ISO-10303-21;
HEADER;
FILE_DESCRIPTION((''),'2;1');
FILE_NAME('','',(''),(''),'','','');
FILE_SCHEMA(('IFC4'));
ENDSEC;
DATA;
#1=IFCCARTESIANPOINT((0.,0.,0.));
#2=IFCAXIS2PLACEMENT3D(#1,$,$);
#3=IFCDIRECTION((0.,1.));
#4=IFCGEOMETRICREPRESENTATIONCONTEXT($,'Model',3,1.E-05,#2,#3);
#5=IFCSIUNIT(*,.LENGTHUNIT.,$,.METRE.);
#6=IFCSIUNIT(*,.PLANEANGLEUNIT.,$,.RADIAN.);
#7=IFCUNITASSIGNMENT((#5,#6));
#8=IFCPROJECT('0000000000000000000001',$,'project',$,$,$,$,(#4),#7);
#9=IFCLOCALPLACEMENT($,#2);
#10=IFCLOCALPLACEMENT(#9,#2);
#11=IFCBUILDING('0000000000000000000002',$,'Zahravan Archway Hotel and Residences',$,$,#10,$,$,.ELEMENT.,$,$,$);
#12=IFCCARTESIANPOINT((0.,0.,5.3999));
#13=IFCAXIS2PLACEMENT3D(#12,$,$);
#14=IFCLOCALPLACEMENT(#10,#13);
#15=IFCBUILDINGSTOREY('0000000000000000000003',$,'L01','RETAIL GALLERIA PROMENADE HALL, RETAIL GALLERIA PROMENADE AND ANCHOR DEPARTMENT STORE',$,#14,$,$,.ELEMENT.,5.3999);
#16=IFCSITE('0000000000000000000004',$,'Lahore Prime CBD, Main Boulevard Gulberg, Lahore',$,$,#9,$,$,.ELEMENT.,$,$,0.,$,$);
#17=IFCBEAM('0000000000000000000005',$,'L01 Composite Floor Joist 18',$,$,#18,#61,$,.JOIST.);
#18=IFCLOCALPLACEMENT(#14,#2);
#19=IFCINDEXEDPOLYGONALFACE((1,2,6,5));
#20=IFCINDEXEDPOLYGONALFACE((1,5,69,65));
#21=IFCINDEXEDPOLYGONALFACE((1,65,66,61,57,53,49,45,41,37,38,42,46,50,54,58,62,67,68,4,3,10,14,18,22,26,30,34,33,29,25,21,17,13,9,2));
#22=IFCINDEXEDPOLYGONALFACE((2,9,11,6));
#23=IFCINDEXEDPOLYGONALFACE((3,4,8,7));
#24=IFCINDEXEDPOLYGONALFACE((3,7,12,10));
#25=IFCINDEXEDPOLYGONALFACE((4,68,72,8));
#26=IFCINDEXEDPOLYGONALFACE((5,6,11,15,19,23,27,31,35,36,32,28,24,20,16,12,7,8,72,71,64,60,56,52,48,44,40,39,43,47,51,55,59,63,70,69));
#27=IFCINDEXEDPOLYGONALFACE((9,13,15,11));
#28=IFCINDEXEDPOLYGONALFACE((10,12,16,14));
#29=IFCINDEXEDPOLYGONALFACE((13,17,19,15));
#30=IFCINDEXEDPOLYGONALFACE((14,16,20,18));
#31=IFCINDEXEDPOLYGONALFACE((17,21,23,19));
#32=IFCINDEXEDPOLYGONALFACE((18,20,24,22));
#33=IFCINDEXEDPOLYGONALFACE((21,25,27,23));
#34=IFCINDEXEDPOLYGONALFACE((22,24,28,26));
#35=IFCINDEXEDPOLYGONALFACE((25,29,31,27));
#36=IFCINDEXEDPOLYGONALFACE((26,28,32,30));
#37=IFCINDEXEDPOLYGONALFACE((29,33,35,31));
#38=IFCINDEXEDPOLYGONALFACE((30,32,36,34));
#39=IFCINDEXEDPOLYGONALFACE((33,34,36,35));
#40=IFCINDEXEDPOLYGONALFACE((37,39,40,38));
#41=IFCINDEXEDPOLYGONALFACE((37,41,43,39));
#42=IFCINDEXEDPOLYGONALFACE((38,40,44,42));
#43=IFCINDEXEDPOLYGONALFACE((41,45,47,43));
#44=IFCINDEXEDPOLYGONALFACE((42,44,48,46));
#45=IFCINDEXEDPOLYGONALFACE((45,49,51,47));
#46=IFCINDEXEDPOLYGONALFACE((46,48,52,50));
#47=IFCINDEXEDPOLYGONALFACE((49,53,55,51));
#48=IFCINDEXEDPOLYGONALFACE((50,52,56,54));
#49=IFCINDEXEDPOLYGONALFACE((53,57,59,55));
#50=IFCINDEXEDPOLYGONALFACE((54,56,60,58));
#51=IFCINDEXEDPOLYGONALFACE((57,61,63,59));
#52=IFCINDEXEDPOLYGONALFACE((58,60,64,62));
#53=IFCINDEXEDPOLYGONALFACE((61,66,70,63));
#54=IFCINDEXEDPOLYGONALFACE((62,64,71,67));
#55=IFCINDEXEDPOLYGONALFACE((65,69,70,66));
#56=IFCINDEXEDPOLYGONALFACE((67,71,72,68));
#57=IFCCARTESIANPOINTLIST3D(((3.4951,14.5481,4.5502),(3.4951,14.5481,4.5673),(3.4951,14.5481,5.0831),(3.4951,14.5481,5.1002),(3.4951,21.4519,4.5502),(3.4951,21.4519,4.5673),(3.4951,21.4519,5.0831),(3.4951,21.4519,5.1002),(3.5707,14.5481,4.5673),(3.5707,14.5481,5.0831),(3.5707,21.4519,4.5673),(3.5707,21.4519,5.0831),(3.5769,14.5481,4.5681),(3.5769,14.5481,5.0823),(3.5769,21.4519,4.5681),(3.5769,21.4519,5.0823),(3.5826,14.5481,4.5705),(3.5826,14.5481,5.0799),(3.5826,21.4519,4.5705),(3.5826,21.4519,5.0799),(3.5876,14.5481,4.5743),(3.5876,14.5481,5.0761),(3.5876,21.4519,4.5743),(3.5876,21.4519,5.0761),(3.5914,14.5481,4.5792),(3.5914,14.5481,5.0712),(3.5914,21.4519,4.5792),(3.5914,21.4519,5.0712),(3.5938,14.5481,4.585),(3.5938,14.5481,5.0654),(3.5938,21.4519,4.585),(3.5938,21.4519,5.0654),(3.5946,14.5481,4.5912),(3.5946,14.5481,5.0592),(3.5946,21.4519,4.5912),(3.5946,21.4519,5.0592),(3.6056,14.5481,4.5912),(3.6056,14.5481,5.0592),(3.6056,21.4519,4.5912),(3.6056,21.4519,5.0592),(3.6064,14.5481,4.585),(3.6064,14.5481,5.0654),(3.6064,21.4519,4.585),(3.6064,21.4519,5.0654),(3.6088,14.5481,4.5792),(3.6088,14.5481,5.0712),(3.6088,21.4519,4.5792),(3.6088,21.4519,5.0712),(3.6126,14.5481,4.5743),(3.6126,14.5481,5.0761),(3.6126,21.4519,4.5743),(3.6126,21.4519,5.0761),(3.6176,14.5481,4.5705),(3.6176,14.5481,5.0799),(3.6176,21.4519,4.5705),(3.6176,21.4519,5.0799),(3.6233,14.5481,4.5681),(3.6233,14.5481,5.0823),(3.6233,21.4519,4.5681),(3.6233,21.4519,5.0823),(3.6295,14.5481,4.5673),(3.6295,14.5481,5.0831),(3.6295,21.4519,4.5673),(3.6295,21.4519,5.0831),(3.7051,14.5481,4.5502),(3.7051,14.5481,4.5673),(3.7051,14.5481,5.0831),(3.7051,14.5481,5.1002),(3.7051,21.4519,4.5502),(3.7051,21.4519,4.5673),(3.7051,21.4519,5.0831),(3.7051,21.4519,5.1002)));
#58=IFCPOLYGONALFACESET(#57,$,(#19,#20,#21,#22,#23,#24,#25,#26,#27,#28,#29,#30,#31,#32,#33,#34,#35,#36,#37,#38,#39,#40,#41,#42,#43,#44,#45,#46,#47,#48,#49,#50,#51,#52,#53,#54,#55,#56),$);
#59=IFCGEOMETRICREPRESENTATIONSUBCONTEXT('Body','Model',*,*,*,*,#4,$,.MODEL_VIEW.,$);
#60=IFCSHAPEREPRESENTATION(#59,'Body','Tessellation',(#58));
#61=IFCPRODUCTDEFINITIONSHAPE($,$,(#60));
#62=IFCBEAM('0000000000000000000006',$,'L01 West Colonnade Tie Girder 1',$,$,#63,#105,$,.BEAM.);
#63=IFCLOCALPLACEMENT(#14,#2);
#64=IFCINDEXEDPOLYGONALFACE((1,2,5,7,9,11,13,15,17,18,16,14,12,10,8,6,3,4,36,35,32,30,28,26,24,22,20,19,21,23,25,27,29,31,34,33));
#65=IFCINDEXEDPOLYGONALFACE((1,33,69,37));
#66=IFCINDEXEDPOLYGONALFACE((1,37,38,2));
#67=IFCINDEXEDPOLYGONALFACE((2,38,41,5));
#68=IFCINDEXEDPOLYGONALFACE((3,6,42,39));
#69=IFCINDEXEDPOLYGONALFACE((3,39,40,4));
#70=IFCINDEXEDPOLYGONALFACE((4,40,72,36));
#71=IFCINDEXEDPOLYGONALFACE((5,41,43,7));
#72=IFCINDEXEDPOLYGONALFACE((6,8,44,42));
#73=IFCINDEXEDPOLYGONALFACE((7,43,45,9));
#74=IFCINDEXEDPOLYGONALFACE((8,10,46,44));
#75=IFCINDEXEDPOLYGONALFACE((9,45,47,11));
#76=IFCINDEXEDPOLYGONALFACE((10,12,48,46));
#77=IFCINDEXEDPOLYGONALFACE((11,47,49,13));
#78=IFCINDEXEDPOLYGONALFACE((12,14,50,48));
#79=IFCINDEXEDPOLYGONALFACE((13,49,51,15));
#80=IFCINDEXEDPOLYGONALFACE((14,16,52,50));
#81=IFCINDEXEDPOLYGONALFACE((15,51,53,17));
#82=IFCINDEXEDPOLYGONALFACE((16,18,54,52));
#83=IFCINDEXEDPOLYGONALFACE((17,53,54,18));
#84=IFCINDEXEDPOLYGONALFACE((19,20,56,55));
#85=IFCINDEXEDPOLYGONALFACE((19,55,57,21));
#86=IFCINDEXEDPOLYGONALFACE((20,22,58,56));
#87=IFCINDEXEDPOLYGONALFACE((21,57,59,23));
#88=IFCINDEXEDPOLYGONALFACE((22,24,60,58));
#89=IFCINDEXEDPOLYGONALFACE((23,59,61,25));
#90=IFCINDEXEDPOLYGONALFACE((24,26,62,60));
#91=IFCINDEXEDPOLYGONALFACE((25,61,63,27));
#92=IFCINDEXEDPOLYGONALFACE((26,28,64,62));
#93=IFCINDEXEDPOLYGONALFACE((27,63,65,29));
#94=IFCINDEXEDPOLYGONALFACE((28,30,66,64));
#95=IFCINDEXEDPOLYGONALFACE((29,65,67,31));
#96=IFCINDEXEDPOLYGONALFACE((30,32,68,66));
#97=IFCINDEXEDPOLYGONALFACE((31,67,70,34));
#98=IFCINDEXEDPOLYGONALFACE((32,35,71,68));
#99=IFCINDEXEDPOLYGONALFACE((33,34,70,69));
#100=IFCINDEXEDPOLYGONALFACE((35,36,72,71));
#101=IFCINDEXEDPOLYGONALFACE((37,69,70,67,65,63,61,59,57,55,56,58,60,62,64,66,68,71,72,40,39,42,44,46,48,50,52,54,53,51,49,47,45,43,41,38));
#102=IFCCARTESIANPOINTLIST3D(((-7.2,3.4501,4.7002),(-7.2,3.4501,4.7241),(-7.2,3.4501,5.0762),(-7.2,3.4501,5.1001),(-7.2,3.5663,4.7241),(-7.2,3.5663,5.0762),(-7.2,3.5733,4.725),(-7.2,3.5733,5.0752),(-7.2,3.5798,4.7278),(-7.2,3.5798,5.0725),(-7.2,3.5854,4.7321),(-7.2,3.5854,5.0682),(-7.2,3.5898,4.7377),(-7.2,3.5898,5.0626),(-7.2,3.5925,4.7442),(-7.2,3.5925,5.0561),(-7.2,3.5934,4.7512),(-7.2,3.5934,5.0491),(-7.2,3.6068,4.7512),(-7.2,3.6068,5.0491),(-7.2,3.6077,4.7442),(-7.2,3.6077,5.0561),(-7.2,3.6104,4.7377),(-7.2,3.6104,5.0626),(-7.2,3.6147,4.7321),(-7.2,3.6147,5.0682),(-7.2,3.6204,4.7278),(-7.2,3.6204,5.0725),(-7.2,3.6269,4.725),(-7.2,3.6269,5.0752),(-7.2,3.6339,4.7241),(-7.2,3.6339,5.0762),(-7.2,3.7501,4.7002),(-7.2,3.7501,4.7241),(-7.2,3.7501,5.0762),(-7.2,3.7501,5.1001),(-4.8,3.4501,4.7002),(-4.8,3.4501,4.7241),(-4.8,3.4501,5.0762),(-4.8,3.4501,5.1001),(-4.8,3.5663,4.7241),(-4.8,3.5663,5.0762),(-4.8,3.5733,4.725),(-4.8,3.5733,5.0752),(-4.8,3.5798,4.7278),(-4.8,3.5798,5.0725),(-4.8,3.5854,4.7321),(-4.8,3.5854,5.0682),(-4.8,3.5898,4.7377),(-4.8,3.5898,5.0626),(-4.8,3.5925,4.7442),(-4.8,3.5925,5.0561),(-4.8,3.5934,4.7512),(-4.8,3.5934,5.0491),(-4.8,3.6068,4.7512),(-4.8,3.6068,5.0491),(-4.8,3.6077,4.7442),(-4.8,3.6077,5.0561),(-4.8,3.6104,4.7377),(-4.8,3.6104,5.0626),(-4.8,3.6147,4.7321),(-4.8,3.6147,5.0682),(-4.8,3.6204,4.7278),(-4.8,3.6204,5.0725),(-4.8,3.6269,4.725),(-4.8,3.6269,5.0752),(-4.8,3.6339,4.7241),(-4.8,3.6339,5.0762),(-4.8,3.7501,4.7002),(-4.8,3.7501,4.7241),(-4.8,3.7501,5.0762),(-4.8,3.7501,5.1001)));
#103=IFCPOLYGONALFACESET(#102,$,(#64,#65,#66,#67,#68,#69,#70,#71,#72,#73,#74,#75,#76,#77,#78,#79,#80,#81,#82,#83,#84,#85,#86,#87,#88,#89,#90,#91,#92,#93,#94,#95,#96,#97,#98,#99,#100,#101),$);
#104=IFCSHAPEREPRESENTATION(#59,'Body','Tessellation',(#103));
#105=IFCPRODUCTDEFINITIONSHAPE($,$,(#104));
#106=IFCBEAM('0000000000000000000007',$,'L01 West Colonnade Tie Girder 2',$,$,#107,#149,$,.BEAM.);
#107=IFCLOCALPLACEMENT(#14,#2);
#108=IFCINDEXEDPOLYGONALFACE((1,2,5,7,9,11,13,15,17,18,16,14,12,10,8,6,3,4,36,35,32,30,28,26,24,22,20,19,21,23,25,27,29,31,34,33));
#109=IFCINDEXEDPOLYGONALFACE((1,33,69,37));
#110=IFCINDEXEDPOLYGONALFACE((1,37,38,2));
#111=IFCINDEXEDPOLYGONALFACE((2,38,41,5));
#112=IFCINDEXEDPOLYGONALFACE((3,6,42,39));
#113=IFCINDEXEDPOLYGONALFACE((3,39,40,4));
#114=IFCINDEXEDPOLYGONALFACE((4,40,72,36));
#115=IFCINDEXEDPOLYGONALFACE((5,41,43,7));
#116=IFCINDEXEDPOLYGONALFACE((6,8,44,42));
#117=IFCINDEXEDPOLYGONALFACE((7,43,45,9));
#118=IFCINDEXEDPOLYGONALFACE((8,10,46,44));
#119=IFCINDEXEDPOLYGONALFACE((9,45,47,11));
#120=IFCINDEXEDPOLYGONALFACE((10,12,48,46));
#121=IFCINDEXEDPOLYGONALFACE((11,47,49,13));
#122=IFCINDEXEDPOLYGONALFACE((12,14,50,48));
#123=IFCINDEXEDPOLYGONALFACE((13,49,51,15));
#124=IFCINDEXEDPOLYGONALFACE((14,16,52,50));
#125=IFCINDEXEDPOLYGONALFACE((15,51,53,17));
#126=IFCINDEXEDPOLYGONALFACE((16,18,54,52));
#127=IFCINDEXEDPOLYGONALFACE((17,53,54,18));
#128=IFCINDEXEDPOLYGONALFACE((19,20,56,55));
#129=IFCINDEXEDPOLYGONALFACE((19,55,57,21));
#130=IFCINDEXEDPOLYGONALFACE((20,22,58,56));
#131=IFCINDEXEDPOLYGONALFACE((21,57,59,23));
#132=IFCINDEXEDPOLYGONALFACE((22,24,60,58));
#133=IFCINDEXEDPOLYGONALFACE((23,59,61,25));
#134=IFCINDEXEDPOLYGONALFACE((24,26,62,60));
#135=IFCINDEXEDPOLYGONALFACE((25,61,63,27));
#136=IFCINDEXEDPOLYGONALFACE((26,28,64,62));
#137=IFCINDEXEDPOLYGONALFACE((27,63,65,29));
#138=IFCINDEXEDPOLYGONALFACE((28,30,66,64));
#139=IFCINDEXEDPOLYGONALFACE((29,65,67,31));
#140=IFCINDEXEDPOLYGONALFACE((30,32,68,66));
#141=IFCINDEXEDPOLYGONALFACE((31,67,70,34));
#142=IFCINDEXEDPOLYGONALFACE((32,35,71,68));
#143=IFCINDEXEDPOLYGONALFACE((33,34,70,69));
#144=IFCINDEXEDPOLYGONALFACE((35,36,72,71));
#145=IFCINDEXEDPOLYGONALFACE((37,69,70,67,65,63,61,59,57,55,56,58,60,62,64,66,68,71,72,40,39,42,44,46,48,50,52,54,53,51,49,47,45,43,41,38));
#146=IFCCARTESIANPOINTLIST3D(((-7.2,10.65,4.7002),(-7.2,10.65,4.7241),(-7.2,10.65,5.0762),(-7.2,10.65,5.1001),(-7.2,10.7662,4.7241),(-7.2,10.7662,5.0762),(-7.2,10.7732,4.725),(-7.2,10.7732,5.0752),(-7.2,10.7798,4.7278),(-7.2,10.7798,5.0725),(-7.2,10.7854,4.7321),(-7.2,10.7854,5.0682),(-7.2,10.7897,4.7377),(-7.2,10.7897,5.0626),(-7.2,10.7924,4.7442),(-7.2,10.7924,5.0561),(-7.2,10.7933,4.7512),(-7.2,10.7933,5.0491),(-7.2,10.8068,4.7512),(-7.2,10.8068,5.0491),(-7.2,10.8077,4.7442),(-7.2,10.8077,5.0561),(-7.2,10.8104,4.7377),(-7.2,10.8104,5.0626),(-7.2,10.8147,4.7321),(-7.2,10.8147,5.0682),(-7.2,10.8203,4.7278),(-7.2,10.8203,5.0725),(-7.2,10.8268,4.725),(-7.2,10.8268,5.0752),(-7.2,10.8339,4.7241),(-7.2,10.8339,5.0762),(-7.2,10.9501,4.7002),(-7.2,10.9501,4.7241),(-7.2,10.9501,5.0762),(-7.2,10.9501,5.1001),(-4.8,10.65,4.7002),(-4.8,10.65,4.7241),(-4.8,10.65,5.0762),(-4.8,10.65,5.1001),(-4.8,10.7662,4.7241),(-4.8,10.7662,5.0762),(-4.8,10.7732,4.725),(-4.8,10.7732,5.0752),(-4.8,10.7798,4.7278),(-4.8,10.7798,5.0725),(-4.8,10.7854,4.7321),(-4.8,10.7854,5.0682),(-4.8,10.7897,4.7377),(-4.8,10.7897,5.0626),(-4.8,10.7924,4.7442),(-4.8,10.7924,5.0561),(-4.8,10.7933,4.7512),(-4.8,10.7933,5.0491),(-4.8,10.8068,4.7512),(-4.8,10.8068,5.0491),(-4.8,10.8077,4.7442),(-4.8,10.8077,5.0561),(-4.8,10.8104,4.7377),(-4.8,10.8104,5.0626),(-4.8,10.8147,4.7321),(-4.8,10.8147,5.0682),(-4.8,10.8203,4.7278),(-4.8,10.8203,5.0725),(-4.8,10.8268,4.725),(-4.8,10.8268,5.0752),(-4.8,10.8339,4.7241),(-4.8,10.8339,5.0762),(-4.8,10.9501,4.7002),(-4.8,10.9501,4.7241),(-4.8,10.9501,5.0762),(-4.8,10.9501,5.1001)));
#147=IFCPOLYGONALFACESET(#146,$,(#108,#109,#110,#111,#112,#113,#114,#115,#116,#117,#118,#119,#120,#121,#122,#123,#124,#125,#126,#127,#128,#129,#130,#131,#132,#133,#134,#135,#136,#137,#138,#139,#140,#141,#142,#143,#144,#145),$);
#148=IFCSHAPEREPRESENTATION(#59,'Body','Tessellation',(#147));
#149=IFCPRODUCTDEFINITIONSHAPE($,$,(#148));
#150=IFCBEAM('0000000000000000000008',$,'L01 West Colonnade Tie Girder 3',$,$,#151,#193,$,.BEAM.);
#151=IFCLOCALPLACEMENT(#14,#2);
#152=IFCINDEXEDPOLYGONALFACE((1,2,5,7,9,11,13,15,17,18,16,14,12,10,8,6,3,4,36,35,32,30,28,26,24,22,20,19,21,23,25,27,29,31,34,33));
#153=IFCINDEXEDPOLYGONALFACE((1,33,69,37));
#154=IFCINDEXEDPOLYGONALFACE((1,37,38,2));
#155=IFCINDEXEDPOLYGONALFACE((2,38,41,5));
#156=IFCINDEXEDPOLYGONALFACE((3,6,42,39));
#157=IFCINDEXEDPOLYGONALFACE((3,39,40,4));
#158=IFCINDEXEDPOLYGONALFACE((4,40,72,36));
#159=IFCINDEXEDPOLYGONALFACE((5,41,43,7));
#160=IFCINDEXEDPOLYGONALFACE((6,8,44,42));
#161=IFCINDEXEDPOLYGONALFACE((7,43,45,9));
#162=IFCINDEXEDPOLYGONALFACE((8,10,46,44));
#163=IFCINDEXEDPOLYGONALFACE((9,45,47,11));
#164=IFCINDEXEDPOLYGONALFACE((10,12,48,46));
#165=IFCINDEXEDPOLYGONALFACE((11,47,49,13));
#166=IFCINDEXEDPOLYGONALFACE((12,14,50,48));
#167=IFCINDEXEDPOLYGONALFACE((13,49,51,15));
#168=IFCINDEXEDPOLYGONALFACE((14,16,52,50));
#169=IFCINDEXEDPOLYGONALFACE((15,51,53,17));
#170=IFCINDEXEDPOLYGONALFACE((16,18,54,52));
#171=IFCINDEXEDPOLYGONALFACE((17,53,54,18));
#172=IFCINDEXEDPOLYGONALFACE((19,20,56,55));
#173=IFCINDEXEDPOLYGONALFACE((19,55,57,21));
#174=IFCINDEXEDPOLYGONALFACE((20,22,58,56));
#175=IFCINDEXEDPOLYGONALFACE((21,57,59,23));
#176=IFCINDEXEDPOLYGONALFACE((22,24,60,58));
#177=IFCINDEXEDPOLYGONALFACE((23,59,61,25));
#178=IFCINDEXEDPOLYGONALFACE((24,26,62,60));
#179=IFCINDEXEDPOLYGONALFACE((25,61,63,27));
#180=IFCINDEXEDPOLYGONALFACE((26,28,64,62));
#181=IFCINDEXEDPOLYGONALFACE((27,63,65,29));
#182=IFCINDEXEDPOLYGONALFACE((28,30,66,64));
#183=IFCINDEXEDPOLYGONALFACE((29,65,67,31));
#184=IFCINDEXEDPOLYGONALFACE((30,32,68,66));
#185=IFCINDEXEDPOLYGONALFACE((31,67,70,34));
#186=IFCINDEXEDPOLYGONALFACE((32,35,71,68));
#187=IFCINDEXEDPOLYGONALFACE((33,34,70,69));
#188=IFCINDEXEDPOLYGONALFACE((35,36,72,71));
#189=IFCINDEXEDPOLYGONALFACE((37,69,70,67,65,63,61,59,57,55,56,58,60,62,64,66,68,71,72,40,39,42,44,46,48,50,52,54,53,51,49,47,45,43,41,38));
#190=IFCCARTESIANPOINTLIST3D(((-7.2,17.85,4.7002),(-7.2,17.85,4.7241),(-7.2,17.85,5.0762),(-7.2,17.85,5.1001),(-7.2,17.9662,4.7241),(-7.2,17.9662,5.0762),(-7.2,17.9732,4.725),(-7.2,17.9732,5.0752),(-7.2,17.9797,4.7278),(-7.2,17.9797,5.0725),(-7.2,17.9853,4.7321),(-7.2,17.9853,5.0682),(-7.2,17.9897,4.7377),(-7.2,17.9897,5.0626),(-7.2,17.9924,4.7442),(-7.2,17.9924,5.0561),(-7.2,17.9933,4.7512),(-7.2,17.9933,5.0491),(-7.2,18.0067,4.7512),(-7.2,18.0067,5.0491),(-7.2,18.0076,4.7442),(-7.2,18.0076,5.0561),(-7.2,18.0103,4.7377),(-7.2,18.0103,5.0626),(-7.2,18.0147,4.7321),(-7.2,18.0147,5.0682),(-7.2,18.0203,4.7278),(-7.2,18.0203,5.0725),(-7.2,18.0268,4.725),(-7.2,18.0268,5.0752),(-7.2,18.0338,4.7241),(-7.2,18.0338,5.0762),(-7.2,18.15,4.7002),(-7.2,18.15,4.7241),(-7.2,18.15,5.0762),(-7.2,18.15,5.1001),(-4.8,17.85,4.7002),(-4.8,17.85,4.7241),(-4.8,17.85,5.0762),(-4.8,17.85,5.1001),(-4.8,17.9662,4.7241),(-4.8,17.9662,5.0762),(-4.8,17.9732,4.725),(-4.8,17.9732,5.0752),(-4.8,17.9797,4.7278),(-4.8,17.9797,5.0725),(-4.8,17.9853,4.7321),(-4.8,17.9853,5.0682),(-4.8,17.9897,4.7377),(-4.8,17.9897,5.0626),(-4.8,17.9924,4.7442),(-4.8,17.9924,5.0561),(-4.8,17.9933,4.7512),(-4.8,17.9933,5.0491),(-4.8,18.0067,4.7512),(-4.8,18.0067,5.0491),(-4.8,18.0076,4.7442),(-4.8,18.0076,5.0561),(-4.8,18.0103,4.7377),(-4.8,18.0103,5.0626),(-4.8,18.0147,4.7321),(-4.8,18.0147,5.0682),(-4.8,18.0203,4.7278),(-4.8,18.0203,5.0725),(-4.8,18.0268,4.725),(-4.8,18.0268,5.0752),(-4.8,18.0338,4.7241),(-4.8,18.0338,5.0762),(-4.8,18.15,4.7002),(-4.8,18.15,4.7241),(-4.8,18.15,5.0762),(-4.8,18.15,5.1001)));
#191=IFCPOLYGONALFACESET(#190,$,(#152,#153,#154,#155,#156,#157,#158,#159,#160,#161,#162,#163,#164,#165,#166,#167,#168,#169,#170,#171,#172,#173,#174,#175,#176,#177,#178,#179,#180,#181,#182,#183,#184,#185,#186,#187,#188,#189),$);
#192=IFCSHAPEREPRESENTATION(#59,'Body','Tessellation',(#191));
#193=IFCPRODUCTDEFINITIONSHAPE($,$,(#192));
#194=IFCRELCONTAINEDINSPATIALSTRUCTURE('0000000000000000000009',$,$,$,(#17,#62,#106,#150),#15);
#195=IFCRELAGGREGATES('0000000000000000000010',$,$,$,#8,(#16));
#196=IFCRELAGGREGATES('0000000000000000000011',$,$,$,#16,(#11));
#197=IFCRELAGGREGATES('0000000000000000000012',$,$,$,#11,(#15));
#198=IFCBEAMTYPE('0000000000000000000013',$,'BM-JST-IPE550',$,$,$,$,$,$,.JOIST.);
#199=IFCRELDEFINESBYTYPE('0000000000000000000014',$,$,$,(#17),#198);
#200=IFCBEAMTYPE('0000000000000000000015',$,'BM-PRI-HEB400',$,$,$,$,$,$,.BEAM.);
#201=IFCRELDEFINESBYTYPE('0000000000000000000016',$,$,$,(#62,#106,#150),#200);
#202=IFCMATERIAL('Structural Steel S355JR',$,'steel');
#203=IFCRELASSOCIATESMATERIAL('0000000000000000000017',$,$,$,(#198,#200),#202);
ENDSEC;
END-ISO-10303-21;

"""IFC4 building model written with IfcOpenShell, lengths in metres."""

from ifc_helpers import new_model, si_unit, direction, frame, origin, origin_2d, place, context, subcontext, project, spatial, i_section, extrude, source, transform, mapped, material, material_profile, profile_set, type_object, element, save


model = new_model("IFC4")

# Units and contexts
model_context = context("Model", 3, precision=1e-05, world=origin(), true_north=direction((0.0, 1.0)))
body_context = subcontext(model_context, "Body", "Model", "MODEL_VIEW")
ifc_project = project(units=[si_unit("LENGTHUNIT", "METRE"), si_unit("PLANEANGLEUNIT", "RADIAN")], contexts=[model_context])

# Site, building, storey
site_placement = place(None, origin())
site = spatial("IfcSite", under=ifc_project, at=site_placement, Name="Lahore Prime CBD, Main Boulevard Gulberg, Lahore", CompositionType="ELEMENT", RefElevation=0.0)
building_placement = place(site_placement, origin())
building = spatial("IfcBuilding", under=site, at=building_placement, Name="Zahravan Archway Hotel and Residences", CompositionType="ELEMENT")
storey_placement = place(building_placement, frame((0.0, 0.0, 5.3999)))
storey = spatial("IfcBuildingStorey", under=building, at=storey_placement, Name="L01", Description="RETAIL GALLERIA PROMENADE HALL, RETAIL GALLERIA PROMENADE AND ANCHOR DEPARTMENT STORE", CompositionType="ELEMENT", Elevation=5.3999)

# Beams
ifc_material_1 = material(Name="Structural Steel S355JR", Category="steel")
ifc_material_profile_1 = material_profile(ifc_material_1, i_section(OverallWidth=0.21, OverallDepth=0.55, WebThickness=0.011, FlangeThickness=0.0171, FilletRadius=0.0239, at=origin_2d()), Name="IPE 550", Category="steel")
ifc_profile_set_1 = profile_set([ifc_material_profile_1], Name="Structural Steel S355JR")
beam_type_1 = type_object("IfcBeamType", Name="BM-JST-IPE550", PredefinedType="JOIST", material=ifc_profile_set_1)
shared_shape_1 = source(origin(), body_context, "Body", "SweptSolid", [
    extrude(i_section(OverallWidth=0.21, OverallDepth=0.55, WebThickness=0.011, FlangeThickness=0.0171, FilletRadius=0.0239, at=origin_2d()), origin(), (0.0, 0.0, 1.0), 6.9038),
])
for number, where, z_axis, x_axis, name in (
    (1, (3.6001, 14.5481, 4.8252), (0.0, 1.0, 0.0), (-1.0, 0.0, 0.0), "L01 Composite Floor Joist 18"),
):
    element("IfcBeam", number, at=place(storey_placement, frame(where, z_axis=z_axis, x_axis=x_axis)), inside=storey, type_object=beam_type_1, Name=name, PredefinedType="JOIST", context=body_context, shape_type="MappedRepresentation", body=[
        mapped(shared_shape_1, transform((0.0, 0.0, 0.0), scale=1.0)),
    ])
ifc_material_profile_2 = material_profile(ifc_material_1, i_section(OverallWidth=0.3, OverallDepth=0.3999, WebThickness=0.0134, FlangeThickness=0.0239, FilletRadius=0.0271, at=origin_2d()), Name="HEB 400", Category="steel")
ifc_profile_set_2 = profile_set([ifc_material_profile_2], Name="Structural Steel S355JR")
beam_type_2 = type_object("IfcBeamType", Name="BM-PRI-HEB400", PredefinedType="BEAM", material=ifc_profile_set_2)
shared_shape_2 = source(origin(), body_context, "Body", "SweptSolid", [
    extrude(i_section(OverallWidth=0.3, OverallDepth=0.3999, WebThickness=0.0134, FlangeThickness=0.0239, FilletRadius=0.0271, at=origin_2d()), origin(), (0.0, 0.0, 1.0), 2.3999),
])
for number, where, z_axis, x_axis, name in (
    (2, (-7.2, 3.6001, 4.9001), (1.0, 0.0, 0.0), (0.0, 1.0, 0.0), "L01 West Colonnade Tie Girder 1"),
    (3, (-7.2, 10.8, 4.9001), (1.0, 0.0, 0.0), (0.0, 1.0, 0.0), "L01 West Colonnade Tie Girder 2"),
    (4, (-7.2, 18.0, 4.9001), (1.0, 0.0, 0.0), (0.0, 1.0, 0.0), "L01 West Colonnade Tie Girder 3"),
):
    element("IfcBeam", number, at=place(storey_placement, frame(where, z_axis=z_axis, x_axis=x_axis)), inside=storey, type_object=beam_type_2, Name=name, PredefinedType="BEAM", context=body_context, shape_type="MappedRepresentation", body=[
        mapped(shared_shape_2, transform((0.0, 0.0, 0.0), scale=1.0)),
    ])

save(model, "model.ifc")
